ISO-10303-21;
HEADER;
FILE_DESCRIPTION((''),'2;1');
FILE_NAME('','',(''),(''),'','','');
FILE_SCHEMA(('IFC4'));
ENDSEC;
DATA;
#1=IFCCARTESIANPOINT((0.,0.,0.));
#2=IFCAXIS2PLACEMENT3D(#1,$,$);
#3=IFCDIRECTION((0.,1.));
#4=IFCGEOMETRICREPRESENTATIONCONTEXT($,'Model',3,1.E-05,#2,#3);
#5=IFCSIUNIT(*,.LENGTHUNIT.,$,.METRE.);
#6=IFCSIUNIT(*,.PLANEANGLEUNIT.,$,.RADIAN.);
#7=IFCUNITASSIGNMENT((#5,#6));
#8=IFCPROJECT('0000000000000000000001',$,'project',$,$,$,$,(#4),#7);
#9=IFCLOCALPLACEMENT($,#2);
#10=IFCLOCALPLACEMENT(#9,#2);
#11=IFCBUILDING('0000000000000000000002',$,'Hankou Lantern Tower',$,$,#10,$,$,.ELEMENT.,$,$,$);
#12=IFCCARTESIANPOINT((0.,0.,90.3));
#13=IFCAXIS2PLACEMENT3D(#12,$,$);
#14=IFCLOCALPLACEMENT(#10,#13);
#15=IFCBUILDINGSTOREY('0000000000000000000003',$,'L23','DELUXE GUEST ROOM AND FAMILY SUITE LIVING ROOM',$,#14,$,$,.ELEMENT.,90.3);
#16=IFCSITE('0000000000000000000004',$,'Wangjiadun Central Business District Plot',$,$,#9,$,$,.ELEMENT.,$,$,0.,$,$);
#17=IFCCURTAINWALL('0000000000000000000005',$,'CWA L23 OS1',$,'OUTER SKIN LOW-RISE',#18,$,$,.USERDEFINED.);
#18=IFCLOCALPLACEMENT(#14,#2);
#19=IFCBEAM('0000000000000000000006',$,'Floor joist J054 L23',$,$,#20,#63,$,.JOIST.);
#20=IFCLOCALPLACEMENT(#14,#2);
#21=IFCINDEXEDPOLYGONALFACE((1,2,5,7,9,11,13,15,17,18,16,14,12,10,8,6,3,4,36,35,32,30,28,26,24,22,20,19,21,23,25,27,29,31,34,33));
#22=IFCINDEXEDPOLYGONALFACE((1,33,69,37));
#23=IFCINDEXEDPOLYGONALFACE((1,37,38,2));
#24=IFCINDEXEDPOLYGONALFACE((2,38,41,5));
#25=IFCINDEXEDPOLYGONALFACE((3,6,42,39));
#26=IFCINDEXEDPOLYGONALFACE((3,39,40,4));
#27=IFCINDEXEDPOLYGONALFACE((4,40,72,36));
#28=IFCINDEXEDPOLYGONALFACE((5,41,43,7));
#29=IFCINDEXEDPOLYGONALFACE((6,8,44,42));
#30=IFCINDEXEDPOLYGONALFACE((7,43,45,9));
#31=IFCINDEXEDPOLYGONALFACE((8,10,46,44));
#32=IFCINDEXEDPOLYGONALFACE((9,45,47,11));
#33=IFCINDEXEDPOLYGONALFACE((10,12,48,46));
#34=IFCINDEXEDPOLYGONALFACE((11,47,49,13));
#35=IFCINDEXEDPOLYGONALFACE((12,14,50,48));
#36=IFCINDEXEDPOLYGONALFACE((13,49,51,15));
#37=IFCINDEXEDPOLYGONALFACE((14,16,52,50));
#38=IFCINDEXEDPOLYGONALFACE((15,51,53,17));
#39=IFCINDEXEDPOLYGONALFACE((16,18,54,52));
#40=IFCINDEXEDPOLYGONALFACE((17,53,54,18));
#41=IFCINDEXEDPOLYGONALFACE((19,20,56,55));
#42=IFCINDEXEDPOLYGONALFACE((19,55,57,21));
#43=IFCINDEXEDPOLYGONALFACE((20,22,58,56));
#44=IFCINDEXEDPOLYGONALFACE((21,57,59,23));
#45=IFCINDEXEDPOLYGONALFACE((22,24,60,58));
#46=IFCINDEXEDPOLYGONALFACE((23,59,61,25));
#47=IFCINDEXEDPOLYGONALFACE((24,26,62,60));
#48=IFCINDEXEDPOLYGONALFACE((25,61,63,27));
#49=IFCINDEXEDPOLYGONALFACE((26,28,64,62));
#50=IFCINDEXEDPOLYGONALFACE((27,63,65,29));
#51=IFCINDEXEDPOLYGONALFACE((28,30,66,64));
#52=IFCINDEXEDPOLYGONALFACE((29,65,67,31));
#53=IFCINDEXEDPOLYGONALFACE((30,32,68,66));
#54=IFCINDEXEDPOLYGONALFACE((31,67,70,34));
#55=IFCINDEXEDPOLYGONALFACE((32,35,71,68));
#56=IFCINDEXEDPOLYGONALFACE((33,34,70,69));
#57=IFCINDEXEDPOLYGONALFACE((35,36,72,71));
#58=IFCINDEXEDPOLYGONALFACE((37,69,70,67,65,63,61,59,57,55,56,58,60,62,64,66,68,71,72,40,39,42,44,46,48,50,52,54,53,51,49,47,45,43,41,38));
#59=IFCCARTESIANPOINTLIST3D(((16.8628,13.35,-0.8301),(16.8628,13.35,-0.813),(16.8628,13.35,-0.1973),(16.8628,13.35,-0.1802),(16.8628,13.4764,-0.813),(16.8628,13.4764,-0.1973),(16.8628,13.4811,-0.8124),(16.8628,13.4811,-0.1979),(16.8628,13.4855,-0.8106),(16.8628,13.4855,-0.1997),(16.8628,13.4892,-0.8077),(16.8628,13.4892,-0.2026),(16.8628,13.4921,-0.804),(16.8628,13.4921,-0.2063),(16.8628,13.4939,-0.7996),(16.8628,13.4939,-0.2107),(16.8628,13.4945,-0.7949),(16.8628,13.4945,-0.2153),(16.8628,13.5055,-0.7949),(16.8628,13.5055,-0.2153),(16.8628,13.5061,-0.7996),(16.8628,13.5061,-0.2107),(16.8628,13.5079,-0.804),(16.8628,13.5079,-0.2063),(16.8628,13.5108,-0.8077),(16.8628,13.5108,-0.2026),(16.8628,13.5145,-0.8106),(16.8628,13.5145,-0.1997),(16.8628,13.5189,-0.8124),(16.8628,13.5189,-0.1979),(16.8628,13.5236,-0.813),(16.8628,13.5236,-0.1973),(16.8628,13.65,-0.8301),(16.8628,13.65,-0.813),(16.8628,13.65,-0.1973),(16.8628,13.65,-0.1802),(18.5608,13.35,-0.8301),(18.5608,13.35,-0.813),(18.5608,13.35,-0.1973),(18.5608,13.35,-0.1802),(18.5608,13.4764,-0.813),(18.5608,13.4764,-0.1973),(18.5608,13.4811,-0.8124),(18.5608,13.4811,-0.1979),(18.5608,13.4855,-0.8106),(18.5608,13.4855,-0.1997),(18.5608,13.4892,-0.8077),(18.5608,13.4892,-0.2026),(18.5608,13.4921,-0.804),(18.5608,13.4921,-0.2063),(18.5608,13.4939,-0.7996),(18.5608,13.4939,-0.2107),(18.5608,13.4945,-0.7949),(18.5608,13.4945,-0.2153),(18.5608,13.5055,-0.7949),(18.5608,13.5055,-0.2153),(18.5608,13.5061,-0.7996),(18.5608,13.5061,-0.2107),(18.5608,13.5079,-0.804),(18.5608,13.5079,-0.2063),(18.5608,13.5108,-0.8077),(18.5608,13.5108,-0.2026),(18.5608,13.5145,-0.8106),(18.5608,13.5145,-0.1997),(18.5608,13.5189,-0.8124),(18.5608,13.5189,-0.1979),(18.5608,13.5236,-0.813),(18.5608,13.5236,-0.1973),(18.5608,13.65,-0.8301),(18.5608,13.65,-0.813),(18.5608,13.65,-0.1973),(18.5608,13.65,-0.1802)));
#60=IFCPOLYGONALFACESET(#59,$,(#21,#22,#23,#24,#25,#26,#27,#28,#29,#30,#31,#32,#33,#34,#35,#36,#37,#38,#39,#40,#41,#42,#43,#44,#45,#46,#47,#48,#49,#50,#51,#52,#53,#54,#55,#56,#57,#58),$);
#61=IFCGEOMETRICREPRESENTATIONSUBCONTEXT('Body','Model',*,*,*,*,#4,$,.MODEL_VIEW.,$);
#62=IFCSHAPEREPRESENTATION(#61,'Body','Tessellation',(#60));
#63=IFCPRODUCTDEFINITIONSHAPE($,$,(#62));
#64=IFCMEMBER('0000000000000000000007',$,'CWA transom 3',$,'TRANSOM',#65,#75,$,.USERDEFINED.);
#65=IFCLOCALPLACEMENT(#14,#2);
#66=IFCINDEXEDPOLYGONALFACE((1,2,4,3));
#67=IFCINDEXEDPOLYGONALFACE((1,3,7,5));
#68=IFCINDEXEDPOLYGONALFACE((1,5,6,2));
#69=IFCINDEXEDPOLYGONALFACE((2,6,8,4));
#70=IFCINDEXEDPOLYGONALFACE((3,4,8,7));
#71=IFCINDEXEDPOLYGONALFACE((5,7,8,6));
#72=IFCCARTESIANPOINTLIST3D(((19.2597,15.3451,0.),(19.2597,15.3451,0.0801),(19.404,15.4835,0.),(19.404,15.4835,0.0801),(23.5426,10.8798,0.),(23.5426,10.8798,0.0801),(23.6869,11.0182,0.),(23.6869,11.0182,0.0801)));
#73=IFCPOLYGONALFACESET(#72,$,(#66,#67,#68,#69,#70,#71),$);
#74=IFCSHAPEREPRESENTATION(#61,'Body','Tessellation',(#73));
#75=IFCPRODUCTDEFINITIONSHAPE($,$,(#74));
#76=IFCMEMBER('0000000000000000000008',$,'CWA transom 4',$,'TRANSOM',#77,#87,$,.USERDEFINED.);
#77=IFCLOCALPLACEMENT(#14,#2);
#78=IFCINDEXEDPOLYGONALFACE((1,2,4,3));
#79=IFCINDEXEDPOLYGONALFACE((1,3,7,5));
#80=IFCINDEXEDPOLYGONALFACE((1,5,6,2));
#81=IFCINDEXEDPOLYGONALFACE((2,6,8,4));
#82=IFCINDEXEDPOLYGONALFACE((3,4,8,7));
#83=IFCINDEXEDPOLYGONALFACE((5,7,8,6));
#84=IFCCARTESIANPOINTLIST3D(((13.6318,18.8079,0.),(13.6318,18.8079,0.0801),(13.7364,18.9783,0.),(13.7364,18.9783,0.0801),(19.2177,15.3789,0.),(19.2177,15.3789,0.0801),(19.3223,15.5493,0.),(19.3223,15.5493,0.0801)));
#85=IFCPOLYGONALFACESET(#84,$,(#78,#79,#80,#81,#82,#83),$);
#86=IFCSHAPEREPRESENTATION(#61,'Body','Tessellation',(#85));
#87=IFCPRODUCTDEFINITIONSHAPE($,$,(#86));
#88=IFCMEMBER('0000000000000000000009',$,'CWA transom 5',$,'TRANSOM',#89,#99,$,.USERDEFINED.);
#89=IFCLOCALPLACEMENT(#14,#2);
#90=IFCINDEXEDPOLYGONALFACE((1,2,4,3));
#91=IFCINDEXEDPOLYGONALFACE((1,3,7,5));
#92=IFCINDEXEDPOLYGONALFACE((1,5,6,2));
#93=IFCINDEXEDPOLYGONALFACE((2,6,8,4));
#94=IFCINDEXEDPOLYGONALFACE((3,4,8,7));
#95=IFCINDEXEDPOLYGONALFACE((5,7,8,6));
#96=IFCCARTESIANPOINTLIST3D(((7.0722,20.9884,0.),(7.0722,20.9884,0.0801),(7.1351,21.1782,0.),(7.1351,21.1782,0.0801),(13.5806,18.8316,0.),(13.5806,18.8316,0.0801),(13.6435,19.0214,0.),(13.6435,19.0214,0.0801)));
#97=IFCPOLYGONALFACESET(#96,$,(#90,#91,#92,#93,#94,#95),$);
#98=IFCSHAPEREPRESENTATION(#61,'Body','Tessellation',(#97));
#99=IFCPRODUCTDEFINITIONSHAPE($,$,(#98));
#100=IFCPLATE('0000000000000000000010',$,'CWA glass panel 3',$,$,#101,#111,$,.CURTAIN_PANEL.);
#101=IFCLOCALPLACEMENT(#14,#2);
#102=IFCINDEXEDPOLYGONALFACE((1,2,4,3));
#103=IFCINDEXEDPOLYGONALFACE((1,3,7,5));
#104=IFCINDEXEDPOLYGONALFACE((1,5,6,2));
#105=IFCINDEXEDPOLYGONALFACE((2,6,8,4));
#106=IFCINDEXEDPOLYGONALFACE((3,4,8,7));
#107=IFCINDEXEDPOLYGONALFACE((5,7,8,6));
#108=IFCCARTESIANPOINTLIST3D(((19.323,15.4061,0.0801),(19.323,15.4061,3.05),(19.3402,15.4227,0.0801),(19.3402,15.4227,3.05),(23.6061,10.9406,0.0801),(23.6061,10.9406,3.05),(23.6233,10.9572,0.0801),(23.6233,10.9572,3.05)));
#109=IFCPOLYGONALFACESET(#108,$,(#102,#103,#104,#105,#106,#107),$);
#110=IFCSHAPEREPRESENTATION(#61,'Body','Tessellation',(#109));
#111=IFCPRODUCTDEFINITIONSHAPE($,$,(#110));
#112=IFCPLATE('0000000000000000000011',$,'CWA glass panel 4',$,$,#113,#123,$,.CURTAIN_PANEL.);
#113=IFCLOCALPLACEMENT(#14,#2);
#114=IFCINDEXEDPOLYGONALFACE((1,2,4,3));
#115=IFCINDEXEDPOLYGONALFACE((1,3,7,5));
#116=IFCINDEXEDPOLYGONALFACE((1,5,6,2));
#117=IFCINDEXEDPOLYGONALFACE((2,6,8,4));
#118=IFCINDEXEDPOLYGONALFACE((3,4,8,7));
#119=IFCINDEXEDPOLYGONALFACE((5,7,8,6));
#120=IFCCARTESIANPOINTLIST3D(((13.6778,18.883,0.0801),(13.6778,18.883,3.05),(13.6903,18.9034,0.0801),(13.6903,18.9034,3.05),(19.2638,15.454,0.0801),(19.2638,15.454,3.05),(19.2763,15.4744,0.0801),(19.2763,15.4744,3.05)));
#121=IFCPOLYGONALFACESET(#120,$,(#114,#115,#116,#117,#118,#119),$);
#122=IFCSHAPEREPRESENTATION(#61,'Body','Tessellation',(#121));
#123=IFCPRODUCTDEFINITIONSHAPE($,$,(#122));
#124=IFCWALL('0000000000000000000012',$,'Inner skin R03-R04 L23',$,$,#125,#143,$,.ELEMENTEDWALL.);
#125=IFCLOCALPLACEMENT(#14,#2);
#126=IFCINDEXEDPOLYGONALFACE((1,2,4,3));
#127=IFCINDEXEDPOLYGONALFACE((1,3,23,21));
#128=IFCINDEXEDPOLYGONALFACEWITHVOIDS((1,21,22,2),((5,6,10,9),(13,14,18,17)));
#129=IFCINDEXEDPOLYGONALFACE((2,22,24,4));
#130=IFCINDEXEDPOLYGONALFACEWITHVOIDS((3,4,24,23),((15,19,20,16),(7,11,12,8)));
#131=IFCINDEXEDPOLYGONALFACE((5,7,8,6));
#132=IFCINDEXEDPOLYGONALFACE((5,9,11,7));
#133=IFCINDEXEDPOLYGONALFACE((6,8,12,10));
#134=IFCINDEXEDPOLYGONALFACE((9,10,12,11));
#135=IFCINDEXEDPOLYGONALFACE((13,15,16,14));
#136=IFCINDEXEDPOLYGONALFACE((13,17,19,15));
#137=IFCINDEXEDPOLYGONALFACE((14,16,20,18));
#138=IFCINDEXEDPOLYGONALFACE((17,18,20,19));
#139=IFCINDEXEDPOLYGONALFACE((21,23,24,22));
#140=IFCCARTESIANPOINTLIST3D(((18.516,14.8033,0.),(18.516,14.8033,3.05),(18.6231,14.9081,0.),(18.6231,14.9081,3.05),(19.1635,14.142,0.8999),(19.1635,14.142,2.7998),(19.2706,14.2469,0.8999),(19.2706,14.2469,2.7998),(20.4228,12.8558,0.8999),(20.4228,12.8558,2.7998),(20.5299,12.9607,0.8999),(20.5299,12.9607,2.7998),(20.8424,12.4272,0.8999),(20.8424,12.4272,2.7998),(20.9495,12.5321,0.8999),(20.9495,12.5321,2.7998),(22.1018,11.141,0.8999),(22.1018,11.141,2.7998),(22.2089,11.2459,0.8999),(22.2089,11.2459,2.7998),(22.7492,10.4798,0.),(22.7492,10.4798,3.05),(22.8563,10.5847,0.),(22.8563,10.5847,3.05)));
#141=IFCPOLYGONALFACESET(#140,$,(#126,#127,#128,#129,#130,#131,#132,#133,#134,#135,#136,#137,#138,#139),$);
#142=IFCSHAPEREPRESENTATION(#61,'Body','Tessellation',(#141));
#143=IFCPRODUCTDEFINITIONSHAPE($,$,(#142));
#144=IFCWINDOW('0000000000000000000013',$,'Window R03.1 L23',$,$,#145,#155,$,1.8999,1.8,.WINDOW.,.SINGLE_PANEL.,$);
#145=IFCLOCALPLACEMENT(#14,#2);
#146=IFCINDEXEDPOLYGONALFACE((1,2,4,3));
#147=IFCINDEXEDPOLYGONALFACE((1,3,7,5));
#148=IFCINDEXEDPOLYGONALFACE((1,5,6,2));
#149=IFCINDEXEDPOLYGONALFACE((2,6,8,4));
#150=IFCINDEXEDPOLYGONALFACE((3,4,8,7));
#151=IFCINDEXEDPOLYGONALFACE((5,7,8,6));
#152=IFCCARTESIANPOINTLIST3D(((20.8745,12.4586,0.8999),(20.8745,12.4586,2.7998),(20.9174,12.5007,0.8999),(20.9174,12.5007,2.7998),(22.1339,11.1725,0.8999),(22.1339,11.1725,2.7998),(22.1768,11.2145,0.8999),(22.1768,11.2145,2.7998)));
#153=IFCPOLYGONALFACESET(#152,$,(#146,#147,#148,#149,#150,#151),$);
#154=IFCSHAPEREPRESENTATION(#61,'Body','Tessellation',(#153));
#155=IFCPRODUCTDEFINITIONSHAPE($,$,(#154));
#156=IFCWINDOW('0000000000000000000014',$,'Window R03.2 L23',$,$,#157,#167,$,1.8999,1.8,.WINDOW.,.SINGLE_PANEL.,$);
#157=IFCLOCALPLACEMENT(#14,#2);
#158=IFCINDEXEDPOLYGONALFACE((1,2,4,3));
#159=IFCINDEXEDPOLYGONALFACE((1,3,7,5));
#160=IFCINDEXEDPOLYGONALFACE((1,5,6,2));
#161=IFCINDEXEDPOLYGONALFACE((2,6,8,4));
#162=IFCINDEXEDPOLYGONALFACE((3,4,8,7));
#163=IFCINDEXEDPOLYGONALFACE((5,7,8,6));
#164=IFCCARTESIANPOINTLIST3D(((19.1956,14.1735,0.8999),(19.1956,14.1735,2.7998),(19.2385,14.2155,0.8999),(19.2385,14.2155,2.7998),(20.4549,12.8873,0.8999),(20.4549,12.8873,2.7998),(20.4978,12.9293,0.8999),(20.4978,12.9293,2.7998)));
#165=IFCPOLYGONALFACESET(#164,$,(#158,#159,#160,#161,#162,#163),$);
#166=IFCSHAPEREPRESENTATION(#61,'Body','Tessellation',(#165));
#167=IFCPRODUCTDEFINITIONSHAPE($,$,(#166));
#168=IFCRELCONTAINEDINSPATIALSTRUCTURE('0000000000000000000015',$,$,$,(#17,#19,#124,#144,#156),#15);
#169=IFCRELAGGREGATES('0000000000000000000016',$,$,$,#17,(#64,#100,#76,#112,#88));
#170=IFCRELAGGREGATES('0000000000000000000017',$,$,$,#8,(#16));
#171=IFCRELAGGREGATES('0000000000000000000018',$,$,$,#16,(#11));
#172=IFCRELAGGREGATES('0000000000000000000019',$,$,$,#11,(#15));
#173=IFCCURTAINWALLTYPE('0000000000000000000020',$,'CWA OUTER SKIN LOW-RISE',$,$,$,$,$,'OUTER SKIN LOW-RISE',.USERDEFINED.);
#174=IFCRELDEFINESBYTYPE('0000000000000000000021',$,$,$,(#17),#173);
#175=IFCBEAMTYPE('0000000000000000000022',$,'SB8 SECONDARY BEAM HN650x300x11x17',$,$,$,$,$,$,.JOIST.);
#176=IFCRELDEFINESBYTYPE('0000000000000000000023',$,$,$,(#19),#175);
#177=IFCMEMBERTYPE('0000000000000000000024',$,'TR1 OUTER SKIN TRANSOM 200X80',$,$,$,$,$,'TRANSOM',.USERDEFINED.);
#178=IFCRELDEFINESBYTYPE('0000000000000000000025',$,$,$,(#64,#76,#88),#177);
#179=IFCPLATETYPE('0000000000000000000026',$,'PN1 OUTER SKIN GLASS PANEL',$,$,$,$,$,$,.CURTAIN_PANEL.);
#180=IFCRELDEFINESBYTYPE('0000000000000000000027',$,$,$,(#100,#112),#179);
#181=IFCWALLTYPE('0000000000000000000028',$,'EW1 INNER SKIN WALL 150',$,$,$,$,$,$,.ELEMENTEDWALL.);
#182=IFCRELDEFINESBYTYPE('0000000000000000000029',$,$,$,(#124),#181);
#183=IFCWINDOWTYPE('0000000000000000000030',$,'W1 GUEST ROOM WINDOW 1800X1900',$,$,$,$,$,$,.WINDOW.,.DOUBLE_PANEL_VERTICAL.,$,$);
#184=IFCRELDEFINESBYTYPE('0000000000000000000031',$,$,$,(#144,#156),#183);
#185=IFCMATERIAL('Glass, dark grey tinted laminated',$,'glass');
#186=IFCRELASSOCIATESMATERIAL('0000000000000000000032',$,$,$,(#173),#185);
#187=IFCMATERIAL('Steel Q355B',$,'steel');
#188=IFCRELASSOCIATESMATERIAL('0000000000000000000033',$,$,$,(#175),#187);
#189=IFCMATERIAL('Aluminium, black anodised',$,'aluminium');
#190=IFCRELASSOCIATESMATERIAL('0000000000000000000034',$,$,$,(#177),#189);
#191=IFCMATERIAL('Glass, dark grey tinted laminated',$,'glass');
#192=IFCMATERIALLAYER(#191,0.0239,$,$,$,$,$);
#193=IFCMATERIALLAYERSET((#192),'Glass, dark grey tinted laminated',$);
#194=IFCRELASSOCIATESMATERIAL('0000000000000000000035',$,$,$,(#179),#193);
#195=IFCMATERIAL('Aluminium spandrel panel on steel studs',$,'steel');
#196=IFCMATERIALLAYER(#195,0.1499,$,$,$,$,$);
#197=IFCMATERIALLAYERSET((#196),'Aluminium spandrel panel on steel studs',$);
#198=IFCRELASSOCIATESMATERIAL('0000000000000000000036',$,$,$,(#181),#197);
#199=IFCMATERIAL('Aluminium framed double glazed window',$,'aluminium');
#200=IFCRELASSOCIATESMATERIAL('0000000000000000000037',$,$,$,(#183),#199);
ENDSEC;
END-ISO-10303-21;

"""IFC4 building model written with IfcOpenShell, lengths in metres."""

from ifc_helpers import new_model, si_unit, direction, frame, frame_2d, origin, origin_2d, place, context, subcontext, project, spatial, rectangle, i_section, extrude, material, layer, layer_set, material_profile, profile_set, type_object, element, fill, aggregate, save


model = new_model("IFC4")

# Units and contexts
model_context = context("Model", 3, precision=1e-05, world=origin(), true_north=direction((0.0, 1.0)))
body_context = subcontext(model_context, "Body", "Model", "MODEL_VIEW")
ifc_project = project(units=[si_unit("LENGTHUNIT", "METRE"), si_unit("PLANEANGLEUNIT", "RADIAN")], contexts=[model_context])

# Site, building, storey
site_placement = place(None, origin())
site = spatial("IfcSite", under=ifc_project, at=site_placement, Name="Wangjiadun Central Business District Plot", CompositionType="ELEMENT", RefElevation=0.0)
building_placement = place(site_placement, origin())
building = spatial("IfcBuilding", under=site, at=building_placement, Name="Hankou Lantern Tower", CompositionType="ELEMENT")
storey_placement = place(building_placement, frame((0.0, 0.0, 90.3)))
storey = spatial("IfcBuildingStorey", under=building, at=storey_placement, Name="L23", Description="DELUXE GUEST ROOM AND FAMILY SUITE LIVING ROOM", CompositionType="ELEMENT", Elevation=90.3)

# Curtain wall
ifc_material_1 = material(Name="Glass, dark grey tinted laminated", Category="glass")
curtain_wall_type = type_object("IfcCurtainWallType", Name="CWA OUTER SKIN LOW-RISE", ElementType="OUTER SKIN LOW-RISE", PredefinedType="USERDEFINED", material=ifc_material_1)
curtain_wall_placement = place(storey_placement, origin())
curtain_wall = element("IfcCurtainWall", 1, at=curtain_wall_placement, inside=storey, type_object=curtain_wall_type, Name="CWA L23 OS1", ObjectType="OUTER SKIN LOW-RISE", PredefinedType="USERDEFINED")

# Beam
ifc_material_2 = material(Name="Steel Q355B", Category="steel")
ifc_material_profile_1 = material_profile(ifc_material_2, i_section(OverallWidth=0.3, OverallDepth=0.6499, WebThickness=0.011, FlangeThickness=0.0171, FilletRadius=0.0181, at=origin_2d()), Name="HN650x300x11x17")
ifc_profile_set_1 = profile_set([ifc_material_profile_1], Name="Steel Q355B")
beam_type_1 = type_object("IfcBeamType", Name="SB8 SECONDARY BEAM HN650x300x11x17", PredefinedType="JOIST", material=ifc_profile_set_1)
beam_1_placement = place(storey_placement, frame((16.8628, 13.5, -0.5051), z_axis=(1.0, 0.0, 0.0), x_axis=(0.0, 1.0, 0.0)))
element("IfcBeam", 2, at=beam_1_placement, inside=storey, type_object=beam_type_1, Name="Floor joist J054 L23", PredefinedType="JOIST", context=body_context, shape_type="SweptSolid", body=[
    extrude(i_section(OverallWidth=0.3, OverallDepth=0.6499, WebThickness=0.011, FlangeThickness=0.0171, FilletRadius=0.0181, at=origin_2d()), origin(), (0.0, 0.0, 1.0), 1.698),
])

# Members
ifc_material_3 = material(Name="Aluminium, black anodised", Category="aluminium")
ifc_material_profile_2 = material_profile(ifc_material_3, rectangle(XDim=0.2, YDim=0.0801, at=origin_2d()), Name="TR1 200X80")
ifc_profile_set_2 = profile_set([ifc_material_profile_2], Name="Aluminium, black anodised")
member_type_1 = type_object("IfcMemberType", Name="TR1 OUTER SKIN TRANSOM 200X80", ElementType="TRANSOM", PredefinedType="USERDEFINED", material=ifc_profile_set_2)
member_1_placement = place(storey_placement, frame((23.6147, 10.949, 0.04), z_axis=(-0.692216, 0.721691, 0.0), x_axis=(-0.721691, -0.692216, 0.0)))
member_1 = element("IfcMember", 3, at=member_1_placement, type_object=member_type_1, Name="CWA transom 3", ObjectType="TRANSOM", PredefinedType="USERDEFINED", context=body_context, shape_type="SweptSolid", body=[
    extrude(rectangle(XDim=0.2, YDim=0.0801, at=origin_2d()), origin(), (0.0, 0.0, 1.0), 6.1873),
])
member_2_placement = place(storey_placement, frame((19.27, 15.4641, 0.04), z_axis=(-0.85224, 0.523152, 0.0), x_axis=(-0.523152, -0.85224, 0.0)))
member_2 = element("IfcMember", 4, at=member_2_placement, type_object=member_type_1, Name="CWA transom 4", ObjectType="TRANSOM", PredefinedType="USERDEFINED", context=body_context, shape_type="SweptSolid", body=[
    extrude(rectangle(XDim=0.2, YDim=0.0801, at=origin_2d()), origin(), (0.0, 0.0, 1.0), 6.5544),
])
member_3_placement = place(storey_placement, frame((13.6121, 18.9265, 0.04), z_axis=(-0.949237, 0.314561, 0.0), x_axis=(-0.314561, -0.949237, 0.0)))
member_3 = element("IfcMember", 5, at=member_3_placement, type_object=member_type_1, Name="CWA transom 5", ObjectType="TRANSOM", PredefinedType="USERDEFINED", context=body_context, shape_type="SweptSolid", body=[
    extrude(rectangle(XDim=0.2, YDim=0.0801, at=origin_2d()), origin(), (0.0, 0.0, 1.0), 6.8564),
])

# Plates
ifc_material_4 = material(Name="Glass, dark grey tinted laminated", Category="glass")
ifc_layer_1 = layer(ifc_material_4, 0.0239)
ifc_layer_set_1 = layer_set([ifc_layer_1], Name="Glass, dark grey tinted laminated")
plate_type = type_object("IfcPlateType", Name="PN1 OUTER SKIN GLASS PANEL", PredefinedType="CURTAIN_PANEL", material=ifc_layer_set_1)
plate_1_placement = place(storey_placement, frame((21.4731, 13.1816, 0.0801), z_axis=(0.0, 0.0, 1.0), x_axis=(-0.692216, 0.721691, 0.0)))
plate_1 = element("IfcPlate", 6, at=plate_1_placement, type_object=plate_type, Name="CWA glass panel 3", PredefinedType="CURTAIN_PANEL", context=body_context, shape_type="SweptSolid", body=[
    extrude(rectangle(XDim=6.1875, YDim=0.0239, at=origin_2d()), origin(), (0.0, 0.0, 1.0), 2.97),
])
plate_2_placement = place(storey_placement, frame((16.4771, 17.1787, 0.0801), z_axis=(0.0, 0.0, 1.0), x_axis=(-0.852237, 0.523156, 0.0)))
plate_2 = element("IfcPlate", 7, at=plate_2_placement, type_object=plate_type, Name="CWA glass panel 4", PredefinedType="CURTAIN_PANEL", context=body_context, shape_type="SweptSolid", body=[
    extrude(rectangle(XDim=6.5544, YDim=0.0239, at=origin_2d()), origin(), (0.0, 0.0, 1.0), 2.97),
])
aggregate(curtain_wall, [member_1, plate_1, member_2, plate_2, member_3])

# Wall, openings, windows
ifc_material_5 = material(Name="Aluminium spandrel panel on steel studs", Category="steel")
ifc_layer_2 = layer(ifc_material_5, 0.1499)
ifc_layer_set_2 = layer_set([ifc_layer_2], Name="Aluminium spandrel panel on steel studs")
wall_type_1 = type_object("IfcWallType", Name="EW1 INNER SKIN WALL 150", PredefinedType="ELEMENTEDWALL", material=ifc_layer_set_2)
wall_1_placement = place(storey_placement, frame((22.8027, 10.5322, 0.0), z_axis=(0.0, 0.0, 1.0), x_axis=(-0.699603, 0.714532, 0.0)))
wall_1 = element("IfcWall", 8, at=wall_1_placement, inside=storey, type_object=wall_type_1, Name="Inner skin R03-R04 L23", PredefinedType="ELEMENTEDWALL", context=body_context, shape_type="SweptSolid", body=[
    extrude(rectangle(XDim=6.0508, YDim=0.1499, at=frame_2d((3.0254, 0.0))), origin(), (0.0, 0.0, 1.0), 3.05),
])
opening_1_placement = place(wall_1_placement, frame((0.9255, 0.0, 0.8999)))
opening_1 = element("IfcOpeningElement", 9, at=opening_1_placement, cuts=wall_1, PredefinedType="OPENING", context=body_context, shape_type="SweptSolid", body=[
    extrude(rectangle(XDim=1.8, YDim=1.8999, at=frame_2d((0.8999, 0.95))), frame((0.0, 0.085, 0.0), z_axis=(0.0, -1.0, 0.0), x_axis=(1.0, 0.0, 0.0)), (0.0, 0.0, 1.0), 0.1699),
])
opening_2_placement = place(wall_1_placement, frame((3.3254, 0.0, 0.8999)))
opening_2 = element("IfcOpeningElement", 10, at=opening_2_placement, cuts=wall_1, PredefinedType="OPENING", context=body_context, shape_type="SweptSolid", body=[
    extrude(rectangle(XDim=1.8, YDim=1.8999, at=frame_2d((0.8999, 0.95))), frame((0.0, 0.085, 0.0), z_axis=(0.0, -1.0, 0.0), x_axis=(1.0, 0.0, 0.0)), (0.0, 0.0, 1.0), 0.1699),
])
ifc_material_6 = material(Name="Aluminium framed double glazed window", Category="aluminium")
window_type = type_object("IfcWindowType", Name="W1 GUEST ROOM WINDOW 1800X1900", PartitioningType="DOUBLE_PANEL_VERTICAL", PredefinedType="WINDOW", material=ifc_material_6)
window_1_placement = place(opening_1_placement, origin())
window_1 = element("IfcWindow", 11, at=window_1_placement, inside=storey, type_object=window_type, Name="Window R03.1 L23", OverallHeight=1.8999, OverallWidth=1.8, PartitioningType="SINGLE_PANEL", PredefinedType="WINDOW", context=body_context, shape_type="SweptSolid", body=[
    extrude(rectangle(XDim=1.8, YDim=1.8999, at=frame_2d((0.8999, 0.95))), frame((0.0, 0.03, 0.0), z_axis=(0.0, -1.0, 0.0), x_axis=(1.0, 0.0, 0.0)), (0.0, 0.0, 1.0), 0.0601),
])
fill(opening_1, window_1)
window_2_placement = place(opening_2_placement, origin())
window_2 = element("IfcWindow", 12, at=window_2_placement, inside=storey, type_object=window_type, Name="Window R03.2 L23", OverallHeight=1.8999, OverallWidth=1.8, PartitioningType="SINGLE_PANEL", PredefinedType="WINDOW", context=body_context, shape_type="SweptSolid", body=[
    extrude(rectangle(XDim=1.8, YDim=1.8999, at=frame_2d((0.8999, 0.95))), frame((0.0, 0.03, 0.0), z_axis=(0.0, -1.0, 0.0), x_axis=(1.0, 0.0, 0.0)), (0.0, 0.0, 1.0), 0.0601),
])
fill(opening_2, window_2)

save(model, "model.ifc")
